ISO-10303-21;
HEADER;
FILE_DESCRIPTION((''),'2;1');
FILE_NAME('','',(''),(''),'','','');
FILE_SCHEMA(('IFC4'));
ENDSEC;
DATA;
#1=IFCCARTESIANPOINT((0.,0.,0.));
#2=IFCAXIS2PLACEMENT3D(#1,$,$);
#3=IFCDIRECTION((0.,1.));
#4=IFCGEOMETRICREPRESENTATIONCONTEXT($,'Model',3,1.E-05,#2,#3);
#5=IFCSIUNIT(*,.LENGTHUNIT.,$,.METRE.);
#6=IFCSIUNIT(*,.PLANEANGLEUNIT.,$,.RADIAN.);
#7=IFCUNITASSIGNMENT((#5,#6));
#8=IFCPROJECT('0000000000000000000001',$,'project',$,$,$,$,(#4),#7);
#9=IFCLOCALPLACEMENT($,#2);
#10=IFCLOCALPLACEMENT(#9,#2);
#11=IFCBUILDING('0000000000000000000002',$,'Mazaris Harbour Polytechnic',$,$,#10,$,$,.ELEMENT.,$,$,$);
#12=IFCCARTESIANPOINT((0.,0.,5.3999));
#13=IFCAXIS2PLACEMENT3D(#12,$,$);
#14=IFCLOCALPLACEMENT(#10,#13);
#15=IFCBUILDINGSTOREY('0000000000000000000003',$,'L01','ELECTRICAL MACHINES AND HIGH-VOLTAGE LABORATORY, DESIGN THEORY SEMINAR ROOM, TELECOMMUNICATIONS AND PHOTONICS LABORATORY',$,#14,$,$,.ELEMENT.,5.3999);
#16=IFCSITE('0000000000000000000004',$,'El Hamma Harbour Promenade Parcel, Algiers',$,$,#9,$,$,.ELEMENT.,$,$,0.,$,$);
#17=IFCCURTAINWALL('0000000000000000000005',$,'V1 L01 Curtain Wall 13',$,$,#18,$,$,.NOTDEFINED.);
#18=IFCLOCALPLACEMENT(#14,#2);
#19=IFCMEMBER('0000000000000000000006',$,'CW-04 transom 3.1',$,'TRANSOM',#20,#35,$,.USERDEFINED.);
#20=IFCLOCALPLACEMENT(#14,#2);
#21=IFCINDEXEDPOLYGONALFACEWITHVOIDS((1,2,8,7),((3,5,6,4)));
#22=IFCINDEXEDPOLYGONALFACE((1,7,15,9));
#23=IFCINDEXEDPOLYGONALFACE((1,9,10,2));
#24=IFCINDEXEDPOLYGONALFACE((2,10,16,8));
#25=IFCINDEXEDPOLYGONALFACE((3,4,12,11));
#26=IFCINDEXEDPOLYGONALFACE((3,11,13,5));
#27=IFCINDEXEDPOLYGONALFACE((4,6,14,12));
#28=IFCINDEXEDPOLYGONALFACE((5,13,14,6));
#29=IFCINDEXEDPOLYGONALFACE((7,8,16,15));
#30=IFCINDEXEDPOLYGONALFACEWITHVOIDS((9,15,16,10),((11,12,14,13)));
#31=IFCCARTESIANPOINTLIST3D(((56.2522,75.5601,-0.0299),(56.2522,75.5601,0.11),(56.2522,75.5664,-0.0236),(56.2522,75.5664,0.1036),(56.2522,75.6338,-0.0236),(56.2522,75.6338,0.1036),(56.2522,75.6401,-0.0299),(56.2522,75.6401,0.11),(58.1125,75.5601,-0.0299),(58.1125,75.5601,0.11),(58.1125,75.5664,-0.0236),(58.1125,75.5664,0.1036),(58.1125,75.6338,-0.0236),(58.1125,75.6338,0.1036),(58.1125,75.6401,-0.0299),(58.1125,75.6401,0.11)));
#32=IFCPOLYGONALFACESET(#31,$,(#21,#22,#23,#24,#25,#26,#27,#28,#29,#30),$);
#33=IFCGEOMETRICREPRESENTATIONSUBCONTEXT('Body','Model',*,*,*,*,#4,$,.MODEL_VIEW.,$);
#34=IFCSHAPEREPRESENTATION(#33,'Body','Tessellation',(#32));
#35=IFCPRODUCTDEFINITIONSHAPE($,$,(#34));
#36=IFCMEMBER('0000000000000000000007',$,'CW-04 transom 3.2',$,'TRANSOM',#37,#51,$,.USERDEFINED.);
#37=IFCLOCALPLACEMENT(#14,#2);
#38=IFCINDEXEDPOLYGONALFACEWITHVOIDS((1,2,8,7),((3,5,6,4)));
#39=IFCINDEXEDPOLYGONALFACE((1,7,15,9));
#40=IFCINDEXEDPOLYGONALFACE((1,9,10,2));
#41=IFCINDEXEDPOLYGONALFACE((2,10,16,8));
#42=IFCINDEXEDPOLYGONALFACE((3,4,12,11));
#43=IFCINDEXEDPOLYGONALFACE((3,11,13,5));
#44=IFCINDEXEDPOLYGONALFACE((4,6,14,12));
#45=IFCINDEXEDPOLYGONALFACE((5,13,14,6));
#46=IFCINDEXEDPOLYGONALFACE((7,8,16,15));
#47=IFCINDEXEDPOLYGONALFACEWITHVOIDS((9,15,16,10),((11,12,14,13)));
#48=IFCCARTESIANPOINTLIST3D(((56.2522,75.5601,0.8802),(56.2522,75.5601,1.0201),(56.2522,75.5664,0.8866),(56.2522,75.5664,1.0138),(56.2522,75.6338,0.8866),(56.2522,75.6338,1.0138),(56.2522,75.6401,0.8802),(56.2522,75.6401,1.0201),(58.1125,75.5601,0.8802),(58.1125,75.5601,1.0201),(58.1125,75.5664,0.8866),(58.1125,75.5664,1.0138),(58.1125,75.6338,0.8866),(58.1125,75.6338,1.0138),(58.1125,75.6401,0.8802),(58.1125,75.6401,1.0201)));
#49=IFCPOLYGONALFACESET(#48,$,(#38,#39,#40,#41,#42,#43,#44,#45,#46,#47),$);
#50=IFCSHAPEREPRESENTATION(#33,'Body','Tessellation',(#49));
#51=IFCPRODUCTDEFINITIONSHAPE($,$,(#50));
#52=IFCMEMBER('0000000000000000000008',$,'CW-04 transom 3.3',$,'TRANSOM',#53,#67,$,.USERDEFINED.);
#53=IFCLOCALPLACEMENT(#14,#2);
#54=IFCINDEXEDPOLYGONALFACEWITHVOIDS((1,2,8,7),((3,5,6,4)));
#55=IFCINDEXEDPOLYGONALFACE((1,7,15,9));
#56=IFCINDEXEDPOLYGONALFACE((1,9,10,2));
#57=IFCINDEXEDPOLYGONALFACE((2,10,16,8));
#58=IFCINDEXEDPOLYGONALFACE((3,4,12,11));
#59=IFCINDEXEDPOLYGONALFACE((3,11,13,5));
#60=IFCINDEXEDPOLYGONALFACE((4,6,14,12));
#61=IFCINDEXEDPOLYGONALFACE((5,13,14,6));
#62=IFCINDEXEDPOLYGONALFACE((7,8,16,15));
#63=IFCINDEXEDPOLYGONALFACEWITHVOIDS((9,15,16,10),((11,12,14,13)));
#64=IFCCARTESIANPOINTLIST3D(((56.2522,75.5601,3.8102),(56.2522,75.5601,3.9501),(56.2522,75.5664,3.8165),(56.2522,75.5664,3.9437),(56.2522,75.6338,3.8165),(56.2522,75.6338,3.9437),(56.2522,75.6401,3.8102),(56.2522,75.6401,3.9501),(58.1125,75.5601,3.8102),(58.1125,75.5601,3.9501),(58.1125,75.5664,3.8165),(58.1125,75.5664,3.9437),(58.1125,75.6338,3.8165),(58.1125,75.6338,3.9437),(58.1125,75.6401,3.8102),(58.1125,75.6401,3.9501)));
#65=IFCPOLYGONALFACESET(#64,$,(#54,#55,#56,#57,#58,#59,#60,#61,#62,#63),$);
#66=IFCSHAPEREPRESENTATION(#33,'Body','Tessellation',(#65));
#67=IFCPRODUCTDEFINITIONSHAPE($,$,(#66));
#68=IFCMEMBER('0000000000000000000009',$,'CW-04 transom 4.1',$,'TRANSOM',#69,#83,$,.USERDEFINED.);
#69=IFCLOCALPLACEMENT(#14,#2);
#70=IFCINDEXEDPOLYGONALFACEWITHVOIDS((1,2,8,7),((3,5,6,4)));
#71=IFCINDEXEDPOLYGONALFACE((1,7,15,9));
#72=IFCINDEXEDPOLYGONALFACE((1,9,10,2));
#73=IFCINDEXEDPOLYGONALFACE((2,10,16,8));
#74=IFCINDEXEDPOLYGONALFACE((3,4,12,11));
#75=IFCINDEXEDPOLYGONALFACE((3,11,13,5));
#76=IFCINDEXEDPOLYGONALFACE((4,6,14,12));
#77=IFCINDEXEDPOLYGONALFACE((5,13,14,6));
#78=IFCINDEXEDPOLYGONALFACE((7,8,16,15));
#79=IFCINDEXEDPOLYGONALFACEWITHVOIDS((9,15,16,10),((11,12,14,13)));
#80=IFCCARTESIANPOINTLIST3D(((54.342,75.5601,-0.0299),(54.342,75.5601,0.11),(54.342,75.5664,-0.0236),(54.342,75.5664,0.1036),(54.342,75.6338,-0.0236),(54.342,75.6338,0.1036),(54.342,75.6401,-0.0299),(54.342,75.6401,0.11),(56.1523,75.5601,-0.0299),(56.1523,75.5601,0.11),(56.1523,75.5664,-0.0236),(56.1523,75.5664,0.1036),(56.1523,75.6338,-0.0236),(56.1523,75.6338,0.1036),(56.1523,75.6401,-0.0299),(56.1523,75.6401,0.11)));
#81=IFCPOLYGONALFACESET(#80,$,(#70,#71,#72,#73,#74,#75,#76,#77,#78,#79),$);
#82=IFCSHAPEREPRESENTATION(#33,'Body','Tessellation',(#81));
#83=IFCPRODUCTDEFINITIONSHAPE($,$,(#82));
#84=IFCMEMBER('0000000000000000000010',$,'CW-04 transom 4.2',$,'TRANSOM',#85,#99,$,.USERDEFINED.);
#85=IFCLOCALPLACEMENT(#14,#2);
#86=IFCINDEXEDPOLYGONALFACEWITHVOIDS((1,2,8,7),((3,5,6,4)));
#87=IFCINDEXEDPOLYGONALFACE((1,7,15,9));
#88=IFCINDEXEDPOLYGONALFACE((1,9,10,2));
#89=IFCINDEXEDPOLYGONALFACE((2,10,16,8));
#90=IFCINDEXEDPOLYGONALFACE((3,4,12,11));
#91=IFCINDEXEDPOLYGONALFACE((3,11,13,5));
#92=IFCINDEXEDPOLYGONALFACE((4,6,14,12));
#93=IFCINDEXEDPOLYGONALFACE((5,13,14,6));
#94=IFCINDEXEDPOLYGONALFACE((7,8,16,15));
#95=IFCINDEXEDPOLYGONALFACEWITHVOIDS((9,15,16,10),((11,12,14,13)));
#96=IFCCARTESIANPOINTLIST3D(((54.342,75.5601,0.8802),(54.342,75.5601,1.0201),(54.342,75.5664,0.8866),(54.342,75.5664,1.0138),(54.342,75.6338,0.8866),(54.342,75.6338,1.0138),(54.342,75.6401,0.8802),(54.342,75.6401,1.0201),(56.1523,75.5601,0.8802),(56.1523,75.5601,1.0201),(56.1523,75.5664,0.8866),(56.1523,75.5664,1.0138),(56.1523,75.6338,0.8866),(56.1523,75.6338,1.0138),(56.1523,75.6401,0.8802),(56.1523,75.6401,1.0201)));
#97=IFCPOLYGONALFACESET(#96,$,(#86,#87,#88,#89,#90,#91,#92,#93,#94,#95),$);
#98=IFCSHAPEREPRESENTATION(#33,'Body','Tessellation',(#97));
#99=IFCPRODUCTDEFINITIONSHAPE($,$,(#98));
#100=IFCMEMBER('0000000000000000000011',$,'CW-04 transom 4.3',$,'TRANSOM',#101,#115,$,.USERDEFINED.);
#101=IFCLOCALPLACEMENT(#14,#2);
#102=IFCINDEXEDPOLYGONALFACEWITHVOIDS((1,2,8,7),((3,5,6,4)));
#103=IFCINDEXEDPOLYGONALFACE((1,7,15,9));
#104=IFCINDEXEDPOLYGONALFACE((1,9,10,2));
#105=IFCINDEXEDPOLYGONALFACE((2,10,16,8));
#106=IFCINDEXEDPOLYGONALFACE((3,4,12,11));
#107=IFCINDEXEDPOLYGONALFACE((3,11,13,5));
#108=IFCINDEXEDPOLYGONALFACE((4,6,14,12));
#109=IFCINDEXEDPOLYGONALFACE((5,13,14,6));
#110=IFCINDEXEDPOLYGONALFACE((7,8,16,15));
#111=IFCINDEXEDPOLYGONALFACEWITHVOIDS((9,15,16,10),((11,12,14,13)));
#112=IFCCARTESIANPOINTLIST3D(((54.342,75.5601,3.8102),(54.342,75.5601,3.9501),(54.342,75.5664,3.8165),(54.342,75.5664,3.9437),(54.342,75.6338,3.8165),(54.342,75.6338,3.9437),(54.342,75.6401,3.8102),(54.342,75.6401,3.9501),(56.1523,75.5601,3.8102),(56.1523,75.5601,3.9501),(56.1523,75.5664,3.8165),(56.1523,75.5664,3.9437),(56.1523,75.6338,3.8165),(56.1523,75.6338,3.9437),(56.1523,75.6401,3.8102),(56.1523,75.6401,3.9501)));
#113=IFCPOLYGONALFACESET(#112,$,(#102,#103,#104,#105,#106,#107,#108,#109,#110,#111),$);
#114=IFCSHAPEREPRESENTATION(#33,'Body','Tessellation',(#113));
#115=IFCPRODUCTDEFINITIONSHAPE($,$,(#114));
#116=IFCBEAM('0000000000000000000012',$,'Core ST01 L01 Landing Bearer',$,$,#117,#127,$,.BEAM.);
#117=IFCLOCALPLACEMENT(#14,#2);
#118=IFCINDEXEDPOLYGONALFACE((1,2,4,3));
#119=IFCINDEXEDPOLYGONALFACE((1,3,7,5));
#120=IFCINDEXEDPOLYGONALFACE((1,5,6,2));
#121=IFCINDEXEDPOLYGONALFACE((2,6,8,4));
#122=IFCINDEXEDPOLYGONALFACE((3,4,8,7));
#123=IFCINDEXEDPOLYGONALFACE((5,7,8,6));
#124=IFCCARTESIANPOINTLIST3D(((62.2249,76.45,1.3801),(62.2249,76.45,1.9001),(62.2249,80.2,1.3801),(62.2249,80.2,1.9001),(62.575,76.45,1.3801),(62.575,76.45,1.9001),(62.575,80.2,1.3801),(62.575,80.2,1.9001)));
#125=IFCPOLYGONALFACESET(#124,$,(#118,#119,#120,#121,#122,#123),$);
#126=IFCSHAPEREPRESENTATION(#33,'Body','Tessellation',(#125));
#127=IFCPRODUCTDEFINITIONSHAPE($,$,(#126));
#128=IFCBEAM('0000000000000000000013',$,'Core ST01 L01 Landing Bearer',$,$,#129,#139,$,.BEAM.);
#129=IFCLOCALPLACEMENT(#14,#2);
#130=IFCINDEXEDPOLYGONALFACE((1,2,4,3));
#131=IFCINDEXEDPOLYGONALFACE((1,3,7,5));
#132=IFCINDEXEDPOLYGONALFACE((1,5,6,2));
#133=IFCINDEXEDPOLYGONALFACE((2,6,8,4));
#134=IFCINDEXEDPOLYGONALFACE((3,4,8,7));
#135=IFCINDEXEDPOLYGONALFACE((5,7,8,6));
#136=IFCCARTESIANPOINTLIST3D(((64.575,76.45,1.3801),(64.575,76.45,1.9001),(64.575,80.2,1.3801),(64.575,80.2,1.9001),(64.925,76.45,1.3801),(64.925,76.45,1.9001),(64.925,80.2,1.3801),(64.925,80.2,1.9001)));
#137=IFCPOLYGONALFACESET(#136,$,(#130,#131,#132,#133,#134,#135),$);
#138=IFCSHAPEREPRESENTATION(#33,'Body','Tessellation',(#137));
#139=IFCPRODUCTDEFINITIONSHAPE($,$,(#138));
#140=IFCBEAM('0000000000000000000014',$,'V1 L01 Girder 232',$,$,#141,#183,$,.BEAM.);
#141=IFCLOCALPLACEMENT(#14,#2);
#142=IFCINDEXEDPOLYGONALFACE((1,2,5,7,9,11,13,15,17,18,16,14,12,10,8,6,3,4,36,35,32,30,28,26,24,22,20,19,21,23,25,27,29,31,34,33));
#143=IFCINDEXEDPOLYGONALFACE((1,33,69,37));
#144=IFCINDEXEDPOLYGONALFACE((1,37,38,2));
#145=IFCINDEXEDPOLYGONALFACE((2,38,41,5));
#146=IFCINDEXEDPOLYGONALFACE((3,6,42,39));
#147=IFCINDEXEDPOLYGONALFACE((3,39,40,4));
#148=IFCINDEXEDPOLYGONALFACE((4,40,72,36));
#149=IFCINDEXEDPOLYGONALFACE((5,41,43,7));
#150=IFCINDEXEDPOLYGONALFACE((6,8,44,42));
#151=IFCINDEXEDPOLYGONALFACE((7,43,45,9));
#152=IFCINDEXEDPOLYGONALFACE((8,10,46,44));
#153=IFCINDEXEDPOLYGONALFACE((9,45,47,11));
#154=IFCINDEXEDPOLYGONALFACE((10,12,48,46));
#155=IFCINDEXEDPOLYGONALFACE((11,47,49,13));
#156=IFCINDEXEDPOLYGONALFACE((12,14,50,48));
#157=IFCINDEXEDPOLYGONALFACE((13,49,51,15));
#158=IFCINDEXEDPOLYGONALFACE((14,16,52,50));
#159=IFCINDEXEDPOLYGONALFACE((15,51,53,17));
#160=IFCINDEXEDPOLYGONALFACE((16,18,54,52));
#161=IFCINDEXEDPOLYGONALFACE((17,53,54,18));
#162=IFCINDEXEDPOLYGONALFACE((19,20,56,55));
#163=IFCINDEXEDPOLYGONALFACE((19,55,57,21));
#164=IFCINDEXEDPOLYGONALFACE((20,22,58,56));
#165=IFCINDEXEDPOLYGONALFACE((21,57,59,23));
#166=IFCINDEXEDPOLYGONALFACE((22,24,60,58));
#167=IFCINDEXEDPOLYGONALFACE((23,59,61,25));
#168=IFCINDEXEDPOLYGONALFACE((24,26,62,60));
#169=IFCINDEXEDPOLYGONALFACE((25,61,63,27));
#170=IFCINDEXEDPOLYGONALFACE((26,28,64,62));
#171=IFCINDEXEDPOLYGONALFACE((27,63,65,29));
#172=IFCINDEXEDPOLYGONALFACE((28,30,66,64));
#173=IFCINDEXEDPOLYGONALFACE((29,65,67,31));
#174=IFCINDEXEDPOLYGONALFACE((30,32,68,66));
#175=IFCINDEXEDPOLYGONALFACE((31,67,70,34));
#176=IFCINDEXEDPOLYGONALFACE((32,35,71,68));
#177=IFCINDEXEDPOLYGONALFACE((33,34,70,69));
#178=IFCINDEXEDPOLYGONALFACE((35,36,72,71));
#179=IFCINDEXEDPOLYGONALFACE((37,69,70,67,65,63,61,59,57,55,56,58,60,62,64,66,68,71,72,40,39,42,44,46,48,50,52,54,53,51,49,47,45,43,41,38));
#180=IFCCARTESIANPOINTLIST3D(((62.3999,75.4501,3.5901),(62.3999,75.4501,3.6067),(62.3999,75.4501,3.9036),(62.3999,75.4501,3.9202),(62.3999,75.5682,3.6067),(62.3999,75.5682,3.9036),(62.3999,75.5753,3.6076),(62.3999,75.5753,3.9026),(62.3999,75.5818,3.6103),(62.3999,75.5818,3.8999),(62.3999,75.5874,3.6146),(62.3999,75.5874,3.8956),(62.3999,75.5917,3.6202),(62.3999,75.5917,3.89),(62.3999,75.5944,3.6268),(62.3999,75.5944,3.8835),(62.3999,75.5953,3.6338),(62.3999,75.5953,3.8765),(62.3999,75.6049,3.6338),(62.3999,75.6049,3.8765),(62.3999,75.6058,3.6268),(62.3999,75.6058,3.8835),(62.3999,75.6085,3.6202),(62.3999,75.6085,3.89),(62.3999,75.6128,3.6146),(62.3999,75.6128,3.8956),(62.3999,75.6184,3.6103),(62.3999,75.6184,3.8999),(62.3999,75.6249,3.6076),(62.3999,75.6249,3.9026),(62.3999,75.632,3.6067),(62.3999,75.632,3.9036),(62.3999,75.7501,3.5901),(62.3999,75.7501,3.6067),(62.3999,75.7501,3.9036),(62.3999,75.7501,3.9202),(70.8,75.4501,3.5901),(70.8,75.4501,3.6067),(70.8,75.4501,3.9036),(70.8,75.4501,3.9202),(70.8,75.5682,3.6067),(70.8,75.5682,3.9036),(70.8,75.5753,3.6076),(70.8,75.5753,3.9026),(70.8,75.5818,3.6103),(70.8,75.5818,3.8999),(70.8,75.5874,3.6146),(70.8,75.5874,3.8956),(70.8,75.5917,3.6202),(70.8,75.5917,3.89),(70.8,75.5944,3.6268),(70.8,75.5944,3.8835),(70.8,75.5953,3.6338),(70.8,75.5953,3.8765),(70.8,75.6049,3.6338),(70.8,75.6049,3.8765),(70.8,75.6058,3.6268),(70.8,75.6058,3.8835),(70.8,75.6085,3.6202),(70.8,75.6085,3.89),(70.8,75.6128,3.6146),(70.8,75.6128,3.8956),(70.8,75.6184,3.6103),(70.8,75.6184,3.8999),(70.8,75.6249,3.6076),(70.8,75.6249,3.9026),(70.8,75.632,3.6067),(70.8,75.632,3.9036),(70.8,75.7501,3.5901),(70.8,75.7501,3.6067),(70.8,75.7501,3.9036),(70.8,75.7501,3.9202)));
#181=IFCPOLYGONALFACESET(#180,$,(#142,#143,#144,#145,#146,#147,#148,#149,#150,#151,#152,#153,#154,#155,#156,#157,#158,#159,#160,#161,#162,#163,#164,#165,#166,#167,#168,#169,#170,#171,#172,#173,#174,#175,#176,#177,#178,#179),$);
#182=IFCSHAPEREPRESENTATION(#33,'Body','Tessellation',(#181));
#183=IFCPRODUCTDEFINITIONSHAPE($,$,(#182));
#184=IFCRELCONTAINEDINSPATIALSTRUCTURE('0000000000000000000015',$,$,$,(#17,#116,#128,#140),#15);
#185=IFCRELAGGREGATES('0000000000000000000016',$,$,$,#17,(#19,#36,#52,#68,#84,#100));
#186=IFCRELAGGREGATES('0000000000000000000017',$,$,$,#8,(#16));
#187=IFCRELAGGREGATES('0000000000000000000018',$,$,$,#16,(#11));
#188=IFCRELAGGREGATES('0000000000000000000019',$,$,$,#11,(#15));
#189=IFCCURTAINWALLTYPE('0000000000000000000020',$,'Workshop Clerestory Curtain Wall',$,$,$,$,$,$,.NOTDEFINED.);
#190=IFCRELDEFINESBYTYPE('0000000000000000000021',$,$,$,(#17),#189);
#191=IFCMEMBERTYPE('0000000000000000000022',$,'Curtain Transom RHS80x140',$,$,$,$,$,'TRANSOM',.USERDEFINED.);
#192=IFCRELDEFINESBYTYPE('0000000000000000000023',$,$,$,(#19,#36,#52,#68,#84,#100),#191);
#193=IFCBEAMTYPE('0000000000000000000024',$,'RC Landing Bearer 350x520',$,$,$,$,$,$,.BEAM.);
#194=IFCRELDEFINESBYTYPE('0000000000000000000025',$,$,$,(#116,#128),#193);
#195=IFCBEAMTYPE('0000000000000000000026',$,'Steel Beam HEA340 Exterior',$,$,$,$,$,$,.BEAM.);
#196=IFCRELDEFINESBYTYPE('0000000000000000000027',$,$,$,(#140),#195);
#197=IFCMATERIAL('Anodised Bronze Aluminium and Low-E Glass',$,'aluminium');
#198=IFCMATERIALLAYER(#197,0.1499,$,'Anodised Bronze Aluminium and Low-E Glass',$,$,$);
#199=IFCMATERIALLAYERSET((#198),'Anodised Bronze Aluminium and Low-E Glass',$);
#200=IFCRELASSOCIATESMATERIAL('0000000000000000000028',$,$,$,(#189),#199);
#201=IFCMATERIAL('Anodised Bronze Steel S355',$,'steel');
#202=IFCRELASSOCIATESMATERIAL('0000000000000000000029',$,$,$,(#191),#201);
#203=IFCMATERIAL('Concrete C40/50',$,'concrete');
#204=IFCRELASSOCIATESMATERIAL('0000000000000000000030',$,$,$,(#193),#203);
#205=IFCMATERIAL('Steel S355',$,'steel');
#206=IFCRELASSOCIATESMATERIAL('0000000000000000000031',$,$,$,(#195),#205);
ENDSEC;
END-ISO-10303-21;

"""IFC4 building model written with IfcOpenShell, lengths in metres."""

from ifc_helpers import new_model, si_unit, direction, frame, origin, origin_2d, place, context, subcontext, project, spatial, rectangle, hollow_rectangle, i_section, extrude, material, layer, layer_set, material_profile, profile_set, type_object, element, aggregate, save


model = new_model("IFC4")

# Units and contexts
model_context = context("Model", 3, precision=1e-05, world=origin(), true_north=direction((0.0, 1.0)))
body_context = subcontext(model_context, "Body", "Model", "MODEL_VIEW")
ifc_project = project(units=[si_unit("LENGTHUNIT", "METRE"), si_unit("PLANEANGLEUNIT", "RADIAN")], contexts=[model_context])

# Site, building, storey
site_placement = place(None, origin())
site = spatial("IfcSite", under=ifc_project, at=site_placement, Name="El Hamma Harbour Promenade Parcel, Algiers", CompositionType="ELEMENT", RefElevation=0.0)
building_placement = place(site_placement, origin())
building = spatial("IfcBuilding", under=site, at=building_placement, Name="Mazaris Harbour Polytechnic", CompositionType="ELEMENT")
storey_placement = place(building_placement, frame((0.0, 0.0, 5.3999)))
storey = spatial("IfcBuildingStorey", under=building, at=storey_placement, Name="L01", Description="ELECTRICAL MACHINES AND HIGH-VOLTAGE LABORATORY, DESIGN THEORY SEMINAR ROOM, TELECOMMUNICATIONS AND PHOTONICS LABORATORY", CompositionType="ELEMENT", Elevation=5.3999)

# Curtain wall, members
ifc_material_1 = material(Name="Anodised Bronze Aluminium and Low-E Glass", Category="aluminium")
ifc_layer_1 = layer(ifc_material_1, 0.1499, Name="Anodised Bronze Aluminium and Low-E Glass")
ifc_layer_set_1 = layer_set([ifc_layer_1], Name="Anodised Bronze Aluminium and Low-E Glass")
curtain_wall_type = type_object("IfcCurtainWallType", Name="Workshop Clerestory Curtain Wall", PredefinedType="NOTDEFINED", material=ifc_layer_set_1)
curtain_wall_placement = place(storey_placement, origin())
curtain_wall = element("IfcCurtainWall", 1, at=curtain_wall_placement, inside=storey, type_object=curtain_wall_type, Name="V1 L01 Curtain Wall 13", PredefinedType="NOTDEFINED")
ifc_material_2 = material(Name="Anodised Bronze Steel S355", Category="steel")
ifc_material_profile_1 = material_profile(ifc_material_2, hollow_rectangle(XDim=0.0801, YDim=0.1399, WallThickness=0.0063, at=origin_2d()), Name="RHS 80x140x6.3")
ifc_profile_set_1 = profile_set([ifc_material_profile_1], Name="Anodised Bronze Steel S355")
member_type_1 = type_object("IfcMemberType", Name="Curtain Transom RHS80x140", ElementType="TRANSOM", PredefinedType="USERDEFINED", material=ifc_profile_set_1)
member_1_placement = place(storey_placement, frame((58.1125, 75.6001, 0.04), z_axis=(-1.0, 0.0, 0.0), x_axis=(0.0, -1.0, 0.0)))
member_1 = element("IfcMember", 2, at=member_1_placement, type_object=member_type_1, Name="CW-04 transom 3.1", ObjectType="TRANSOM", PredefinedType="USERDEFINED", context=body_context, shape_type="SweptSolid", body=[
    extrude(hollow_rectangle(XDim=0.0801, YDim=0.1399, WallThickness=0.0063, at=origin_2d()), origin(), (0.0, 0.0, 1.0), 1.8604),
])
member_2_placement = place(storey_placement, frame((58.1125, 75.6001, 0.9502), z_axis=(-1.0, 0.0, 0.0), x_axis=(0.0, -1.0, 0.0)))
member_2 = element("IfcMember", 3, at=member_2_placement, type_object=member_type_1, Name="CW-04 transom 3.2", ObjectType="TRANSOM", PredefinedType="USERDEFINED", context=body_context, shape_type="SweptSolid", body=[
    extrude(hollow_rectangle(XDim=0.0801, YDim=0.1399, WallThickness=0.0063, at=origin_2d()), origin(), (0.0, 0.0, 1.0), 1.8604),
])
member_3_placement = place(storey_placement, frame((58.1125, 75.6001, 3.8801), z_axis=(-1.0, 0.0, 0.0), x_axis=(0.0, -1.0, 0.0)))
member_3 = element("IfcMember", 4, at=member_3_placement, type_object=member_type_1, Name="CW-04 transom 3.3", ObjectType="TRANSOM", PredefinedType="USERDEFINED", context=body_context, shape_type="SweptSolid", body=[
    extrude(hollow_rectangle(XDim=0.0801, YDim=0.1399, WallThickness=0.0063, at=origin_2d()), origin(), (0.0, 0.0, 1.0), 1.8604),
])
member_4_placement = place(storey_placement, frame((56.1523, 75.6001, 0.04), z_axis=(-1.0, 0.0, 0.0), x_axis=(0.0, -1.0, 0.0)))
member_4 = element("IfcMember", 5, at=member_4_placement, type_object=member_type_1, Name="CW-04 transom 4.1", ObjectType="TRANSOM", PredefinedType="USERDEFINED", context=body_context, shape_type="SweptSolid", body=[
    extrude(hollow_rectangle(XDim=0.0801, YDim=0.1399, WallThickness=0.0063, at=origin_2d()), origin(), (0.0, 0.0, 1.0), 1.8103),
])
member_5_placement = place(storey_placement, frame((56.1523, 75.6001, 0.9502), z_axis=(-1.0, 0.0, 0.0), x_axis=(0.0, -1.0, 0.0)))
member_5 = element("IfcMember", 6, at=member_5_placement, type_object=member_type_1, Name="CW-04 transom 4.2", ObjectType="TRANSOM", PredefinedType="USERDEFINED", context=body_context, shape_type="SweptSolid", body=[
    extrude(hollow_rectangle(XDim=0.0801, YDim=0.1399, WallThickness=0.0063, at=origin_2d()), origin(), (0.0, 0.0, 1.0), 1.8103),
])
member_6_placement = place(storey_placement, frame((56.1523, 75.6001, 3.8801), z_axis=(-1.0, 0.0, 0.0), x_axis=(0.0, -1.0, 0.0)))
member_6 = element("IfcMember", 7, at=member_6_placement, type_object=member_type_1, Name="CW-04 transom 4.3", ObjectType="TRANSOM", PredefinedType="USERDEFINED", context=body_context, shape_type="SweptSolid", body=[
    extrude(hollow_rectangle(XDim=0.0801, YDim=0.1399, WallThickness=0.0063, at=origin_2d()), origin(), (0.0, 0.0, 1.0), 1.8103),
])

# Beams
ifc_material_3 = material(Name="Concrete C40/50", Category="concrete")
ifc_material_profile_2 = material_profile(ifc_material_3, rectangle(XDim=0.3501, YDim=0.52, at=origin_2d()), Name="RECT350x520")
ifc_profile_set_2 = profile_set([ifc_material_profile_2], Name="Concrete C40/50")
beam_type_1 = type_object("IfcBeamType", Name="RC Landing Bearer 350x520", PredefinedType="BEAM", material=ifc_profile_set_2)
for number, where, z_axis, x_axis, name in (
    (8, (62.3999, 76.45, 1.6401), (0.0, 1.0, 0.0), (-1.0, 0.0, 0.0), "Core ST01 L01 Landing Bearer"),
    (9, (64.75, 76.45, 1.6401), (0.0, 1.0, 0.0), (-1.0, 0.0, 0.0), "Core ST01 L01 Landing Bearer"),
):
    element("IfcBeam", number, at=place(storey_placement, frame(where, z_axis=z_axis, x_axis=x_axis)), inside=storey, type_object=beam_type_1, Name=name, PredefinedType="BEAM", context=body_context, shape_type="SweptSolid", body=[
        extrude(rectangle(XDim=0.3501, YDim=0.52, at=origin_2d()), origin(), (0.0, 0.0, 1.0), 3.75),
    ])
ifc_material_4 = material(Name="Steel S355", Category="steel")
ifc_material_profile_3 = material_profile(ifc_material_4, i_section(OverallWidth=0.3, OverallDepth=0.3301, WebThickness=0.0095, FlangeThickness=0.0166, FilletRadius=0.0271, at=origin_2d()), Name="HEA 340")
ifc_profile_set_3 = profile_set([ifc_material_profile_3], Name="Steel S355")
beam_type_2 = type_object("IfcBeamType", Name="Steel Beam HEA340 Exterior", PredefinedType="BEAM", material=ifc_profile_set_3)
beam_1_placement = place(storey_placement, frame((62.3999, 75.6001, 3.7551), z_axis=(1.0, 0.0, 0.0), x_axis=(0.0, 1.0, 0.0)))
element("IfcBeam", 10, at=beam_1_placement, inside=storey, type_object=beam_type_2, Name="V1 L01 Girder 232", PredefinedType="BEAM", context=body_context, shape_type="SweptSolid", body=[
    extrude(i_section(OverallWidth=0.3, OverallDepth=0.3301, WebThickness=0.0095, FlangeThickness=0.0166, FilletRadius=0.0271, at=origin_2d()), origin(), (0.0, 0.0, 1.0), 8.4001),
])

aggregate(curtain_wall, [member_1, member_2, member_3, member_4, member_5, member_6])

save(model, "model.ifc")
